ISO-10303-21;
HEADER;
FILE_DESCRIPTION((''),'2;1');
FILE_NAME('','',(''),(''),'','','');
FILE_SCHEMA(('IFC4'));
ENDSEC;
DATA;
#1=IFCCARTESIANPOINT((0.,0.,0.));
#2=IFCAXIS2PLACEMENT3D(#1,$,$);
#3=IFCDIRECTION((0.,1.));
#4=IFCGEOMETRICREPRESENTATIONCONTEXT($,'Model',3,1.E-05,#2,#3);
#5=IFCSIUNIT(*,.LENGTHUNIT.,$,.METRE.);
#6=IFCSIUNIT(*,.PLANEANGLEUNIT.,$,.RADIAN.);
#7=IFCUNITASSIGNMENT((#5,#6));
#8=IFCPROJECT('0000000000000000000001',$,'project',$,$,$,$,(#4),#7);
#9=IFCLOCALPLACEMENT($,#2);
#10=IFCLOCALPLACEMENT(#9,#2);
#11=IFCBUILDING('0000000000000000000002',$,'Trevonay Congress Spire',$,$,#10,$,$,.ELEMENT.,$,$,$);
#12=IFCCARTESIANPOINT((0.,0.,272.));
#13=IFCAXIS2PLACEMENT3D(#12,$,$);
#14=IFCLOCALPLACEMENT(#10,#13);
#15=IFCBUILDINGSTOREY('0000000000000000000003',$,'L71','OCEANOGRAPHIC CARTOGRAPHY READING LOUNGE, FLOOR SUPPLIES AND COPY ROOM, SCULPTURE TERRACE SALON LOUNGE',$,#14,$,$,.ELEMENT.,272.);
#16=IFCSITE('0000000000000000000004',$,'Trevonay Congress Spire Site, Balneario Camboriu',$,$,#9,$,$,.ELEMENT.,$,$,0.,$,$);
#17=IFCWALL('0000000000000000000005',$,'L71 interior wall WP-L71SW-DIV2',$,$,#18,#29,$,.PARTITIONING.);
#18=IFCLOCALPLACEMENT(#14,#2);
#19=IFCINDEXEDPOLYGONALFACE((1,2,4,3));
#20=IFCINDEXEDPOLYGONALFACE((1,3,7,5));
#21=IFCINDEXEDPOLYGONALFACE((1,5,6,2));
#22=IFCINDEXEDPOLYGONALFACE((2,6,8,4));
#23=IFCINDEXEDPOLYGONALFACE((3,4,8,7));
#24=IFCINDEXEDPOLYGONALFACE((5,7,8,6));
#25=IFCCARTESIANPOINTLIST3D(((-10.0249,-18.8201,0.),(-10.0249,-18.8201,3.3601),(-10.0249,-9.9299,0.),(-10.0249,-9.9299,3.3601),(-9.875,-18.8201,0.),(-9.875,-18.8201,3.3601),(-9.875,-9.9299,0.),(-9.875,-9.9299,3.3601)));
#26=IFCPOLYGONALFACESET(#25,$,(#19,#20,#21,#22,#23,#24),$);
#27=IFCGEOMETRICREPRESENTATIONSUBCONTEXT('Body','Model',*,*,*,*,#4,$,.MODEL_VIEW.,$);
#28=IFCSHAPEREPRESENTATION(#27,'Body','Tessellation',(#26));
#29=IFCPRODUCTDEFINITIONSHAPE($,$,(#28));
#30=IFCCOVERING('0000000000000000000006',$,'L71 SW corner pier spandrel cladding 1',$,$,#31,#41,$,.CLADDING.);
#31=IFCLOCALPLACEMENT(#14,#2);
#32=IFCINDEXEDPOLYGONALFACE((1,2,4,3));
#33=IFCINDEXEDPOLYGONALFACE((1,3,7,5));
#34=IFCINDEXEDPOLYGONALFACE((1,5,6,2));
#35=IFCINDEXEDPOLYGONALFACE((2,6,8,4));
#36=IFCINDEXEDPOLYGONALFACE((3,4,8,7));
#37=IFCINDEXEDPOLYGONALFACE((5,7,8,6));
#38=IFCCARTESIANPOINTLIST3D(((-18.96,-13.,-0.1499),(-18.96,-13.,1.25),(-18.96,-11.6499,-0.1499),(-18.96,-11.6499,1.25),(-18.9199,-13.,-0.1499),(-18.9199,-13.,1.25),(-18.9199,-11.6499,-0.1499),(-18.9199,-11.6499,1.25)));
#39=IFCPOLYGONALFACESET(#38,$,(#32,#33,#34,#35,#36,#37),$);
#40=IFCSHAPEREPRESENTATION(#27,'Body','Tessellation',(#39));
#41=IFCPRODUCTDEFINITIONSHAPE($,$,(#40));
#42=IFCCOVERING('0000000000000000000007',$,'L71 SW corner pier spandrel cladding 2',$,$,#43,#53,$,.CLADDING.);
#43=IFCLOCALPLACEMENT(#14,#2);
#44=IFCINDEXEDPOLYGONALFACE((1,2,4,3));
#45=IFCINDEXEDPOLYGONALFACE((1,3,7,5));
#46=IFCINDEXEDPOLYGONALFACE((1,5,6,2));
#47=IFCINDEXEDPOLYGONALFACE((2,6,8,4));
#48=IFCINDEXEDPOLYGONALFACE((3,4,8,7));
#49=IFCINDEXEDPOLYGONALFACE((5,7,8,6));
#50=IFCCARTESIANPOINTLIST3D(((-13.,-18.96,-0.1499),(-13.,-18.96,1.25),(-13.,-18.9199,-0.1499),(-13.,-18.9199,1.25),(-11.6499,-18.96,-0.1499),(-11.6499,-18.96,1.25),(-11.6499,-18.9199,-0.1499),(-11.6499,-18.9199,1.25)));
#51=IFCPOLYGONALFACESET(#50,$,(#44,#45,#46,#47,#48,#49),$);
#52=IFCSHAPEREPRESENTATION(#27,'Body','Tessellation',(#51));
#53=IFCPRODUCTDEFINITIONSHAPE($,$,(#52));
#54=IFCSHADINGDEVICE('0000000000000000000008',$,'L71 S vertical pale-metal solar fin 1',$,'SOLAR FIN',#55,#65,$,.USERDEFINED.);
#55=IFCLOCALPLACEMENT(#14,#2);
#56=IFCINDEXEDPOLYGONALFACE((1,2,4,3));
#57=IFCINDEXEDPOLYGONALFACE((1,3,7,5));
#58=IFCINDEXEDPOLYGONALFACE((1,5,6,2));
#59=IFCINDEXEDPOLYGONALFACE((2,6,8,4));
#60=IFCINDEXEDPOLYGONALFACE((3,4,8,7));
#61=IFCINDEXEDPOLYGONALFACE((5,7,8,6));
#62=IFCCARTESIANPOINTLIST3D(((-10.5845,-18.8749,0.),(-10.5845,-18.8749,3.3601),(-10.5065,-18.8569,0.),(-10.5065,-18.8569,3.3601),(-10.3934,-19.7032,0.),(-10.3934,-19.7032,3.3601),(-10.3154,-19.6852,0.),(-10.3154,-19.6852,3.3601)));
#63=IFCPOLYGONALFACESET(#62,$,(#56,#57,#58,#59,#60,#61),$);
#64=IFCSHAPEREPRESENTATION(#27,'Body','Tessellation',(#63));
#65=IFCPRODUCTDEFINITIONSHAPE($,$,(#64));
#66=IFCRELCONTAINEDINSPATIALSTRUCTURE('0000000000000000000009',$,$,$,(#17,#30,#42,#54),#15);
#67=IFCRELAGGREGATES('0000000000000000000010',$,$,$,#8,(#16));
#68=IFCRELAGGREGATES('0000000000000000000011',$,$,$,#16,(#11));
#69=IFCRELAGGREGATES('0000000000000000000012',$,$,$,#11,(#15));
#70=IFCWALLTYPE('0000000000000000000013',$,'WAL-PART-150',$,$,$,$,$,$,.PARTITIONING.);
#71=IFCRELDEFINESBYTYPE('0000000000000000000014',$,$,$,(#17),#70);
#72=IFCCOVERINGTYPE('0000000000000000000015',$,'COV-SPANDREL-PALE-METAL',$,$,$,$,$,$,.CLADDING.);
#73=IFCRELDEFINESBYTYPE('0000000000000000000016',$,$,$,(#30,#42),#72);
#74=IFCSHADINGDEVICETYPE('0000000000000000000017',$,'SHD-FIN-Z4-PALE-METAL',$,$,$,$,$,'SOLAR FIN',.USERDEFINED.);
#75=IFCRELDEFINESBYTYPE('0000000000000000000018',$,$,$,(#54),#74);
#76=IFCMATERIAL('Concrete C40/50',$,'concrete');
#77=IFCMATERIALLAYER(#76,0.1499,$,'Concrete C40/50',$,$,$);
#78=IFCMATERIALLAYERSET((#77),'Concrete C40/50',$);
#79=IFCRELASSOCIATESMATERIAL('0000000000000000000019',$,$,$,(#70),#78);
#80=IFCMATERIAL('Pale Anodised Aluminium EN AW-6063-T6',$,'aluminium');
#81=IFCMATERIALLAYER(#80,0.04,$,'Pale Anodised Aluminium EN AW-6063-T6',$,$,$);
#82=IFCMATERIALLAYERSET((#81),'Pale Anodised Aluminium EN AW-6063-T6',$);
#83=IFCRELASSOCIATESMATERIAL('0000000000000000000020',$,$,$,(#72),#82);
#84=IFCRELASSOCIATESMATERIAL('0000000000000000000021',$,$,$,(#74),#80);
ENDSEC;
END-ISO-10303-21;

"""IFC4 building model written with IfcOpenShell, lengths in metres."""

from ifc_helpers import new_model, si_unit, direction, frame, frame_2d, origin, origin_2d, place, context, subcontext, project, spatial, rectangle, extrude, material, layer, layer_set, type_object, element, save


model = new_model("IFC4")

# Units and contexts
model_context = context("Model", 3, precision=1e-05, world=origin(), true_north=direction((0.0, 1.0)))
body_context = subcontext(model_context, "Body", "Model", "MODEL_VIEW")
ifc_project = project(units=[si_unit("LENGTHUNIT", "METRE"), si_unit("PLANEANGLEUNIT", "RADIAN")], contexts=[model_context])

# Site, building, storey
site_placement = place(None, origin())
site = spatial("IfcSite", under=ifc_project, at=site_placement, Name="Trevonay Congress Spire Site, Balneario Camboriu", CompositionType="ELEMENT", RefElevation=0.0)
building_placement = place(site_placement, origin())
building = spatial("IfcBuilding", under=site, at=building_placement, Name="Trevonay Congress Spire", CompositionType="ELEMENT")
storey_placement = place(building_placement, frame((0.0, 0.0, 272.0)))
storey = spatial("IfcBuildingStorey", under=building, at=storey_placement, Name="L71", Description="OCEANOGRAPHIC CARTOGRAPHY READING LOUNGE, FLOOR SUPPLIES AND COPY ROOM, SCULPTURE TERRACE SALON LOUNGE", CompositionType="ELEMENT", Elevation=272.0)

# Shared definitions
ifc_material_1 = material(Name="Pale Anodised Aluminium EN AW-6063-T6", Category="aluminium")

# Wall
ifc_material_2 = material(Name="Concrete C40/50", Category="concrete")
ifc_layer_1 = layer(ifc_material_2, 0.1499, Name="Concrete C40/50")
ifc_layer_set_1 = layer_set([ifc_layer_1], Name="Concrete C40/50")
wall_type_1 = type_object("IfcWallType", Name="WAL-PART-150", PredefinedType="PARTITIONING", material=ifc_layer_set_1)
for number, where, z_axis, x_axis, name in (
    (1, (-9.95, -18.8201, 0.0), (0.0, 0.0, 1.0), (0.0, 1.0, 0.0), "L71 interior wall WP-L71SW-DIV2"),
):
    element("IfcWall", number, at=place(storey_placement, frame(where, z_axis=z_axis, x_axis=x_axis)), inside=storey, type_object=wall_type_1, Name=name, PredefinedType="PARTITIONING", context=body_context, shape_type="SweptSolid", body=[
        extrude(rectangle(XDim=8.8901, YDim=0.1499, at=frame_2d((4.4451, 0.0))), origin(), (0.0, 0.0, 1.0), 3.3601),
    ])

# Coverings
ifc_layer_2 = layer(ifc_material_1, 0.04, Name="Pale Anodised Aluminium EN AW-6063-T6")
ifc_layer_set_2 = layer_set([ifc_layer_2], Name="Pale Anodised Aluminium EN AW-6063-T6")
covering_type = type_object("IfcCoveringType", Name="COV-SPANDREL-PALE-METAL", PredefinedType="CLADDING", material=ifc_layer_set_2)
for number, where, z_axis, x_axis, name in (
    (2, (-18.9399, -11.6499, -0.1499), (0.0, 0.0, 1.0), (0.0, -1.0, 0.0), "L71 SW corner pier spandrel cladding 1"),
    (3, (-11.6499, -18.9399, -0.1499), (0.0, 0.0, 1.0), (-1.0, 0.0, 0.0), "L71 SW corner pier spandrel cladding 2"),
):
    element("IfcCovering", number, at=place(storey_placement, frame(where, z_axis=z_axis, x_axis=x_axis)), inside=storey, type_object=covering_type, Name=name, PredefinedType="CLADDING", context=body_context, shape_type="SweptSolid", body=[
        extrude(rectangle(XDim=1.3501, YDim=0.04, at=frame_2d((0.675, 0.0))), origin(), (0.0, 0.0, 1.0), 1.3999),
    ])

# Shading device
shading_device_type = type_object("IfcShadingDeviceType", Name="SHD-FIN-Z4-PALE-METAL", ElementType="SOLAR FIN", PredefinedType="USERDEFINED", material=ifc_material_1)
shading_device_placement = place(storey_placement, frame((-10.45, -19.28, 0.0), z_axis=(0.0, 0.0, 1.0), x_axis=(0.974409, 0.224781, 0.0)))
element("IfcShadingDevice", 4, at=shading_device_placement, inside=storey, type_object=shading_device_type, Name="L71 S vertical pale-metal solar fin 1", ObjectType="SOLAR FIN", PredefinedType="USERDEFINED", context=body_context, shape_type="SweptSolid", body=[
    extrude(rectangle(XDim=0.0801, YDim=0.8501, at=origin_2d()), origin(), (0.0, 0.0, 1.0), 3.3601),
])

save(model, "model.ifc")
